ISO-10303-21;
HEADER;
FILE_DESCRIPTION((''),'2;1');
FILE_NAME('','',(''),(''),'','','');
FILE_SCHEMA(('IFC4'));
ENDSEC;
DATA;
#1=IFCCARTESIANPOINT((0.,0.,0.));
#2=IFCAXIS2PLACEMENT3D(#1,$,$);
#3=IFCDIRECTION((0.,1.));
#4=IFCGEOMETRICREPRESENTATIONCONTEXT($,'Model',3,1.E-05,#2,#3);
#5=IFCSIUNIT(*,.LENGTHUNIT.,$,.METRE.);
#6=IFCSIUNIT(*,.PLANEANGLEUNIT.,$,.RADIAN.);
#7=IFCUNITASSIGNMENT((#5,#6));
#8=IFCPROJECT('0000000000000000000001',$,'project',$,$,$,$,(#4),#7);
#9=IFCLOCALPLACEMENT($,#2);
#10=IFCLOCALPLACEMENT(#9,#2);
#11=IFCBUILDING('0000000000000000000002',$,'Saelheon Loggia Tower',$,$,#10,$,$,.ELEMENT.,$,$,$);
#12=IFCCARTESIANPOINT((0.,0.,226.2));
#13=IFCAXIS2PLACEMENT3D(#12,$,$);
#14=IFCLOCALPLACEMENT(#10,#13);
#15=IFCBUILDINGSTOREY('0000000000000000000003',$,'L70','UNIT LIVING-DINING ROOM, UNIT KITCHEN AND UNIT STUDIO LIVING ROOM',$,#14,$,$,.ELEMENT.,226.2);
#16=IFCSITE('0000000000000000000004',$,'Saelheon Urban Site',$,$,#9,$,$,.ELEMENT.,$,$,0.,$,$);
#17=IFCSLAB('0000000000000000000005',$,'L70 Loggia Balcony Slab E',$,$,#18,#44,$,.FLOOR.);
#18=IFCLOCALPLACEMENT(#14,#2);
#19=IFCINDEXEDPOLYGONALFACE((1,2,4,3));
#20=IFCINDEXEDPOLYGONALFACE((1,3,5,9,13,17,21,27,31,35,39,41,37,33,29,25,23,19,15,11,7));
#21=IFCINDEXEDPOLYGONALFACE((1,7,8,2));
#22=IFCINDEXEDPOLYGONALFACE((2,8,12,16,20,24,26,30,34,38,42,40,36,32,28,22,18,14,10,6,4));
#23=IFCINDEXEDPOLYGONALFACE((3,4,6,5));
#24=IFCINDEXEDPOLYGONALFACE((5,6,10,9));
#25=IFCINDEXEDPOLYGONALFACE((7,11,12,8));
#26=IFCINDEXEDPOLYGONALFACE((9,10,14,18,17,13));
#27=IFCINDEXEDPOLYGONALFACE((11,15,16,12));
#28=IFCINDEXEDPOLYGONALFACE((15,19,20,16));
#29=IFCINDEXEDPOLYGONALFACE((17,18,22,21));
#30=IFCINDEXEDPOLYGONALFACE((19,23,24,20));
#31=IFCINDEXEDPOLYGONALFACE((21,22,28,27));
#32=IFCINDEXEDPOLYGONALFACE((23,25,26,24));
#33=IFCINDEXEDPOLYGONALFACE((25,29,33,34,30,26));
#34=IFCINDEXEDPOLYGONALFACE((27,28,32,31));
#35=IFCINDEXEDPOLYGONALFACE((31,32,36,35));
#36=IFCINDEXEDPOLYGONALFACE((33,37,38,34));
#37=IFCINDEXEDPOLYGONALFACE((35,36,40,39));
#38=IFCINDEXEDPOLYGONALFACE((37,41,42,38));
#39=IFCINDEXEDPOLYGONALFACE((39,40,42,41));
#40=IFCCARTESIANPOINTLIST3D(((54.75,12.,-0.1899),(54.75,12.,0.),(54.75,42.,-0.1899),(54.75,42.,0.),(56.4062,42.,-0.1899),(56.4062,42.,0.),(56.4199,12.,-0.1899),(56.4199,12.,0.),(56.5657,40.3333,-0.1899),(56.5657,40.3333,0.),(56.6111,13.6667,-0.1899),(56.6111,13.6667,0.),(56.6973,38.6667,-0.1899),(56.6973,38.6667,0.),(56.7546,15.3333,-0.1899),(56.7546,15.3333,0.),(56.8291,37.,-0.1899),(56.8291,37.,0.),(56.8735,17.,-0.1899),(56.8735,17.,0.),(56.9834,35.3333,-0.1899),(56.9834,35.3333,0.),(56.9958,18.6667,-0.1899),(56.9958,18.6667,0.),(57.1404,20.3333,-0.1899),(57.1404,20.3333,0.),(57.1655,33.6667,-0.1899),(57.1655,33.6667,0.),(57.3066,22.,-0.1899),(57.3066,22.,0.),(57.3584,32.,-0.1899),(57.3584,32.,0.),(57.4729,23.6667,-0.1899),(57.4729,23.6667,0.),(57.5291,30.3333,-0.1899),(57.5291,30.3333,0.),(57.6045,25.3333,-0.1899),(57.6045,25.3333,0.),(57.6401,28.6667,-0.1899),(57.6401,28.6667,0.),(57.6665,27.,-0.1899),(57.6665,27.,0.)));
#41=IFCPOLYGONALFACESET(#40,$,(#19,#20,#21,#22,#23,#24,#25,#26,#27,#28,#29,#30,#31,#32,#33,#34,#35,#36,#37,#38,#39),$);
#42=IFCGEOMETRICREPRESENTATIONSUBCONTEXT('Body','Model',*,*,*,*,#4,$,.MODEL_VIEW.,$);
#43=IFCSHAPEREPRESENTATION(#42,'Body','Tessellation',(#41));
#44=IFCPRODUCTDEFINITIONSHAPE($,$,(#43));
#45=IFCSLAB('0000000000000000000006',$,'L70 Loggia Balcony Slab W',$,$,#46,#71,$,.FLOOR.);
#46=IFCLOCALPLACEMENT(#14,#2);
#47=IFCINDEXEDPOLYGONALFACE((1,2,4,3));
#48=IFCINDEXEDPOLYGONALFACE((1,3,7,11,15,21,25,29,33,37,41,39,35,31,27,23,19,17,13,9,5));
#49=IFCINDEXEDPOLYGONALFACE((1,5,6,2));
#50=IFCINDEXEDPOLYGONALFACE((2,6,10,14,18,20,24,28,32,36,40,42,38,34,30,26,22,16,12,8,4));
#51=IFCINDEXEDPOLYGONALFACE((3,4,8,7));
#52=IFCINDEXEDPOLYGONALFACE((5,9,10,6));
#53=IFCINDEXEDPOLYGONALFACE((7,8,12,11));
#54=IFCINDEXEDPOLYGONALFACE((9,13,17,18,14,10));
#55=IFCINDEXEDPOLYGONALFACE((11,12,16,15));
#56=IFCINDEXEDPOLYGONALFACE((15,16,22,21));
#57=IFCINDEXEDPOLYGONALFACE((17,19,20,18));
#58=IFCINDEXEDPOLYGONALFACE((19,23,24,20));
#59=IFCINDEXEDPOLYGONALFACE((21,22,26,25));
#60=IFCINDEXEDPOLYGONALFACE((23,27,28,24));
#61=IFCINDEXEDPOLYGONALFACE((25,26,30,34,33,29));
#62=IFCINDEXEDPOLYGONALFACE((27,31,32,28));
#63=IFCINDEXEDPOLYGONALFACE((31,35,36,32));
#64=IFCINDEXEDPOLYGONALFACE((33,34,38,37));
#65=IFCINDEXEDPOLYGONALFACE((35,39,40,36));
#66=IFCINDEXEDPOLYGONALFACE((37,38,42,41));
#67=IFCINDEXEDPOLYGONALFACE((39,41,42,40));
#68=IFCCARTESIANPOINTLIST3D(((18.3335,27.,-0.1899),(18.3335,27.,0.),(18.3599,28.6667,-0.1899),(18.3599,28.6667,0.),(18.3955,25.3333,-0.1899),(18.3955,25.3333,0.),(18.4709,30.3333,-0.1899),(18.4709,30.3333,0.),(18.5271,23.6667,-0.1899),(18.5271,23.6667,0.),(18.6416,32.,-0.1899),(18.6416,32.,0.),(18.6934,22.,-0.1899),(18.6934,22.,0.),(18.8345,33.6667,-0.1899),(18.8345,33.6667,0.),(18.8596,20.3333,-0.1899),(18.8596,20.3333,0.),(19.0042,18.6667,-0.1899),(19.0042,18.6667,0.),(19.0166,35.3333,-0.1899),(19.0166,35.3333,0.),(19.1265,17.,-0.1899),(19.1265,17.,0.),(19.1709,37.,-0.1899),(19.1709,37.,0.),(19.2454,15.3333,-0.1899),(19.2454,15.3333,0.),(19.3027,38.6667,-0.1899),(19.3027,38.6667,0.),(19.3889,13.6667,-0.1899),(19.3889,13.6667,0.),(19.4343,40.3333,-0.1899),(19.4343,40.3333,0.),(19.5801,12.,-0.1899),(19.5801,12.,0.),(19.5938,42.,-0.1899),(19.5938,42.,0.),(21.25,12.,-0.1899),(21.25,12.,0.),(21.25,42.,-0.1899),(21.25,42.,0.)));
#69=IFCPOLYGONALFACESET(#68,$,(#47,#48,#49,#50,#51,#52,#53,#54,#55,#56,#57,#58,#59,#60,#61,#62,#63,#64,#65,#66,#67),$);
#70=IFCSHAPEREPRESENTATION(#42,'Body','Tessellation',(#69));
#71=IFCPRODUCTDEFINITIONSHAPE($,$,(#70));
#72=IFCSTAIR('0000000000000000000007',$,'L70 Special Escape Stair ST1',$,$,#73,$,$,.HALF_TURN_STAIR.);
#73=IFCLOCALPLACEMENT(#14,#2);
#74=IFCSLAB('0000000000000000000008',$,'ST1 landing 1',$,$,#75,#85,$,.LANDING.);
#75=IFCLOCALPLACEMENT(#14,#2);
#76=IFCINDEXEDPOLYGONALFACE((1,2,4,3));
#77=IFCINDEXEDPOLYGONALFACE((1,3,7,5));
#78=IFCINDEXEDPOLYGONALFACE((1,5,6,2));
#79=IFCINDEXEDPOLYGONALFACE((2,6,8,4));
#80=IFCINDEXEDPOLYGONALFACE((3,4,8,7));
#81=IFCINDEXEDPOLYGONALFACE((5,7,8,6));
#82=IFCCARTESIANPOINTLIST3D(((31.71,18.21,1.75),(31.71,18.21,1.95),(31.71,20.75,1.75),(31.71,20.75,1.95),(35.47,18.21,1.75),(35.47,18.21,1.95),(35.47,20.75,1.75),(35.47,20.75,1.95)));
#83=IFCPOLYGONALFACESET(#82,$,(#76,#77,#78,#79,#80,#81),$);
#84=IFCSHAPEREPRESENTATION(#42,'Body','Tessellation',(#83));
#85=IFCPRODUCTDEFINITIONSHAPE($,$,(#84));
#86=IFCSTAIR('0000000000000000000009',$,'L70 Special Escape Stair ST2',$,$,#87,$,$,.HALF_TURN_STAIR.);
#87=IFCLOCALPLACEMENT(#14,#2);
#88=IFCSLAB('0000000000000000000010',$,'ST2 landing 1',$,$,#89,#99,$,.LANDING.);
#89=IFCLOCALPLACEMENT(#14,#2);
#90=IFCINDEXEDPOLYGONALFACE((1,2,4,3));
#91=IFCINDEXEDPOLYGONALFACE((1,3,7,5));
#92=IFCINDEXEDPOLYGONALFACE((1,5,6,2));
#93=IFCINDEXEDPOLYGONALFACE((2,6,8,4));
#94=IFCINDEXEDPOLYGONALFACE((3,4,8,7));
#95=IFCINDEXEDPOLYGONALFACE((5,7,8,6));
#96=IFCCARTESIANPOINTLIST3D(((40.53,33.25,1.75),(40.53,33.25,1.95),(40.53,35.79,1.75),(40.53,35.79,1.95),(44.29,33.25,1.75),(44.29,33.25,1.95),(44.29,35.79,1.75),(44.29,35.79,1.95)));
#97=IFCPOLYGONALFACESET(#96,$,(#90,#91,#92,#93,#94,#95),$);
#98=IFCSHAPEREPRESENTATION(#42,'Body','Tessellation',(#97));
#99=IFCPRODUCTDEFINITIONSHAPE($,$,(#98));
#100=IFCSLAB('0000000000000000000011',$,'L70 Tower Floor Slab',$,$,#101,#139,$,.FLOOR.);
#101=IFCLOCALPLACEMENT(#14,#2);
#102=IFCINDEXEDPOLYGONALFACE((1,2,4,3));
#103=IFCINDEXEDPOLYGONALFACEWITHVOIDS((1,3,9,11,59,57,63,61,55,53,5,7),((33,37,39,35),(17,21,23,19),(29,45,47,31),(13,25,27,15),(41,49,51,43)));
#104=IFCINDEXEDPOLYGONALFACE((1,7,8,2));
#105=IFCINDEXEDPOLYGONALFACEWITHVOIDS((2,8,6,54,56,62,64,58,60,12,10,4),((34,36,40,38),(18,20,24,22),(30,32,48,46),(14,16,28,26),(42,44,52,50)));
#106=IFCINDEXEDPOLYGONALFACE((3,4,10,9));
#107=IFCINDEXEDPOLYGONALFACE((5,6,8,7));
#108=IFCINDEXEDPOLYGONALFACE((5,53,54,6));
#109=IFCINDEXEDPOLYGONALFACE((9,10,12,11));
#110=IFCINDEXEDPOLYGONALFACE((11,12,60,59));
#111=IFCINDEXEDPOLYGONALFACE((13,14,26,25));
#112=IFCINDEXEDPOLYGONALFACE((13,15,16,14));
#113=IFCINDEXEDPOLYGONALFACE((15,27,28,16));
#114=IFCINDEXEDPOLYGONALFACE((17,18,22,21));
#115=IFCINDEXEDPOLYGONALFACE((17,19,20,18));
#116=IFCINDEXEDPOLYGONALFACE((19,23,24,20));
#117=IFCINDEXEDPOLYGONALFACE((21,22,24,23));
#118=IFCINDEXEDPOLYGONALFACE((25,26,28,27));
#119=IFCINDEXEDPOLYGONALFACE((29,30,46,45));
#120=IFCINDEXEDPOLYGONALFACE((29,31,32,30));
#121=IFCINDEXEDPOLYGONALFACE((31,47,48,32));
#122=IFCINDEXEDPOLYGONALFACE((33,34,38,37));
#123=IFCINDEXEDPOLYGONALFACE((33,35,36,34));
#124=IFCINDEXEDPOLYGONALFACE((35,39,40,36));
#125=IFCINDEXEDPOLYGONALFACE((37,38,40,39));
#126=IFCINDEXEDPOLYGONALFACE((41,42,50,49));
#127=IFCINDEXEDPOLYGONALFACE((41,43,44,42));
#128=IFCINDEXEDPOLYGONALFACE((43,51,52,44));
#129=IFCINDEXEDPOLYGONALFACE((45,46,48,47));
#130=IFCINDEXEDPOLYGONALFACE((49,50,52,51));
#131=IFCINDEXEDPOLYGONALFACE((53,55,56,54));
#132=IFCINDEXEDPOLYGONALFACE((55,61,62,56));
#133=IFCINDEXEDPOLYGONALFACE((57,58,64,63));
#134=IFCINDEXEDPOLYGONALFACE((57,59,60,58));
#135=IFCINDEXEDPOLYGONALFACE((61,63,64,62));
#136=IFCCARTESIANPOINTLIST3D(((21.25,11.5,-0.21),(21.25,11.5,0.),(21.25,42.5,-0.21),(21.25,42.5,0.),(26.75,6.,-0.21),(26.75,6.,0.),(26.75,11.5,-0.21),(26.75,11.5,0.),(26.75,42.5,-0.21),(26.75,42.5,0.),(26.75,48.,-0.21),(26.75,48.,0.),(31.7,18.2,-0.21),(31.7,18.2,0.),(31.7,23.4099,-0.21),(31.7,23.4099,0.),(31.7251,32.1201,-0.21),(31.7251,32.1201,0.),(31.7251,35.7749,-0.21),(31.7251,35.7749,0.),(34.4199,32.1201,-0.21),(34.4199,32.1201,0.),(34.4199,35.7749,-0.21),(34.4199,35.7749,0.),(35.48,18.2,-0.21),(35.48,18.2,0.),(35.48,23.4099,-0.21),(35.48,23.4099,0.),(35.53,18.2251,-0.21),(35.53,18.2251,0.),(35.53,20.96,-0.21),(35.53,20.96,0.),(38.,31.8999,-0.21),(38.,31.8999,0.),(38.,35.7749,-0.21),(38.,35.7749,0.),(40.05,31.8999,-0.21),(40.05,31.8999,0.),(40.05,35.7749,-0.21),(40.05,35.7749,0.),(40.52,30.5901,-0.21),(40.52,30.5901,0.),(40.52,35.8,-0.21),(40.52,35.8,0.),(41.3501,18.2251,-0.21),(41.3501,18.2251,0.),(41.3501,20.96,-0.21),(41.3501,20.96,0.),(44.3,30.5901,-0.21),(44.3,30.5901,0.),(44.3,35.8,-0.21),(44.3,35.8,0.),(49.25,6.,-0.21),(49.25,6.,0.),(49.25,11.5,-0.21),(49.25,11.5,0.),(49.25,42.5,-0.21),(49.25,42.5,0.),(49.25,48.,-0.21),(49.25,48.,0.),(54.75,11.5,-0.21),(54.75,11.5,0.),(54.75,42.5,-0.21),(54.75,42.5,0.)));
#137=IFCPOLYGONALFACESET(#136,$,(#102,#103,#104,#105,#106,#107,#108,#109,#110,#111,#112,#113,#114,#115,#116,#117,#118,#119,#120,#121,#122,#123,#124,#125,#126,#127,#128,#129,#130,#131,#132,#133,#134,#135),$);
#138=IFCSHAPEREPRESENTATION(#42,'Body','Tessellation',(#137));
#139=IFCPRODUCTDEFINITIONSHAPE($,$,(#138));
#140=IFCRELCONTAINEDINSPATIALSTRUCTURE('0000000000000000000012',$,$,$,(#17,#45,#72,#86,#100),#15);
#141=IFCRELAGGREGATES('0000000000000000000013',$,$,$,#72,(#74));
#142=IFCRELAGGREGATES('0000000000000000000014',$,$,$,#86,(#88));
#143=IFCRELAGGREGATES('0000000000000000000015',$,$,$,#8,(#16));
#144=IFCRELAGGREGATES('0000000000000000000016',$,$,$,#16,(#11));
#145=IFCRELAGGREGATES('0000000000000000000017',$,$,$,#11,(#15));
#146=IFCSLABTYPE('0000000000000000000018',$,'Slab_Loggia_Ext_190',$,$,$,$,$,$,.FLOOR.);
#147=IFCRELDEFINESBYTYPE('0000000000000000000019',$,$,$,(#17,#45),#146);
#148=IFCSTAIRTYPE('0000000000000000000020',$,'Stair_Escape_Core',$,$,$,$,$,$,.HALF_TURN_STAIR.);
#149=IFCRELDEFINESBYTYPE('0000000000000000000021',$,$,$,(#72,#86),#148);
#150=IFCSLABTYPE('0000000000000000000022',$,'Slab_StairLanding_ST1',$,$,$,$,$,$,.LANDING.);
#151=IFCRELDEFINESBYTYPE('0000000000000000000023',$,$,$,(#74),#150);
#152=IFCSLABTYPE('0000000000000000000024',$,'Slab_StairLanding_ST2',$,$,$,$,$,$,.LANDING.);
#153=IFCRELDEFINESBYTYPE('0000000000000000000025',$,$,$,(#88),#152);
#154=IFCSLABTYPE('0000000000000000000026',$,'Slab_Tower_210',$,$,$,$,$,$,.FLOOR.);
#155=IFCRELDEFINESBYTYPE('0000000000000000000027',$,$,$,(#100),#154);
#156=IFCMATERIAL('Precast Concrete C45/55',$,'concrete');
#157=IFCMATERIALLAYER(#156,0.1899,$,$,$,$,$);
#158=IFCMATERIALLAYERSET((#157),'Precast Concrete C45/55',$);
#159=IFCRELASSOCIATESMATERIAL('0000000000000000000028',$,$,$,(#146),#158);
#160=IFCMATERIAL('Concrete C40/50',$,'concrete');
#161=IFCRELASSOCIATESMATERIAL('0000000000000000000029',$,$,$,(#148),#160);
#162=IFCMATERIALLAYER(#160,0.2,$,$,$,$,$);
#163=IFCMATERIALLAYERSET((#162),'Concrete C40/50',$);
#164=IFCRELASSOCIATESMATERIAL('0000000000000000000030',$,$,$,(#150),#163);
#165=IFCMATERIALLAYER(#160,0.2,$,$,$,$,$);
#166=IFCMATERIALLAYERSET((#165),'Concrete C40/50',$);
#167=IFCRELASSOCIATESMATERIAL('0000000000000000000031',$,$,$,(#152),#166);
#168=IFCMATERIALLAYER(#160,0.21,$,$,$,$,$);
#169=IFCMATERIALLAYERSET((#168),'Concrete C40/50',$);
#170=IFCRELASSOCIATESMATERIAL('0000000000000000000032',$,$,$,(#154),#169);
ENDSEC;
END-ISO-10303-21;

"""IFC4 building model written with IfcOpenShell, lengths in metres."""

from ifc_helpers import new_model, si_unit, direction, frame, origin, place, context, subcontext, project, spatial, polyline, outline, extrude, material, layer, layer_set, type_object, element, aggregate, save


model = new_model("IFC4")

# Units and contexts
model_context = context("Model", 3, precision=1e-05, world=origin(), true_north=direction((0.0, 1.0)))
body_context = subcontext(model_context, "Body", "Model", "MODEL_VIEW")
ifc_project = project(units=[si_unit("LENGTHUNIT", "METRE"), si_unit("PLANEANGLEUNIT", "RADIAN")], contexts=[model_context])

# Site, building, storey
site_placement = place(None, origin())
site = spatial("IfcSite", under=ifc_project, at=site_placement, Name="Saelheon Urban Site", CompositionType="ELEMENT", RefElevation=0.0)
building_placement = place(site_placement, origin())
building = spatial("IfcBuilding", under=site, at=building_placement, Name="Saelheon Loggia Tower", CompositionType="ELEMENT")
storey_placement = place(building_placement, frame((0.0, 0.0, 226.2)))
storey = spatial("IfcBuildingStorey", under=building, at=storey_placement, Name="L70", Description="UNIT LIVING-DINING ROOM, UNIT KITCHEN AND UNIT STUDIO LIVING ROOM", CompositionType="ELEMENT", Elevation=226.2)

# Shared definitions
ifc_material_1 = material(Name="Precast Concrete C45/55", Category="concrete")

# Slabs
ifc_layer_1 = layer(ifc_material_1, 0.1899)
ifc_layer_set_1 = layer_set([ifc_layer_1], Name="Precast Concrete C45/55")
slab_type_1 = type_object("IfcSlabType", Name="Slab_Loggia_Ext_190", PredefinedType="FLOOR", material=ifc_layer_set_1)
slab_1_placement = place(storey_placement, frame((0.0, 0.0, -0.1899)))
element("IfcSlab", 1, at=slab_1_placement, inside=storey, type_object=slab_type_1, Name="L70 Loggia Balcony Slab E", PredefinedType="FLOOR", context=body_context, shape_type="SweptSolid", body=[
    extrude(outline(polyline([(54.75, 12.0), (56.4199, 12.0), (56.6111, 13.6667), (56.7546, 15.3333), (56.8735, 17.0), (56.9958, 18.6667), (57.1404, 20.3333), (57.3066, 22.0), (57.4729, 23.6667), (57.6045, 25.3333), (57.6665, 27.0), (57.6401, 28.6667), (57.5291, 30.3333), (57.3584, 32.0), (57.1655, 33.6667), (56.9834, 35.3333), (56.8291, 37.0), (56.6973, 38.6667), (56.5657, 40.3333), (56.4062, 42.0), (54.75, 42.0), (54.75, 12.0)])), origin(), (0.0, 0.0, 1.0), 0.1899),
])
slab_2_placement = place(storey_placement, frame((0.0, 0.0, -0.1899)))
element("IfcSlab", 2, at=slab_2_placement, inside=storey, type_object=slab_type_1, Name="L70 Loggia Balcony Slab W", PredefinedType="FLOOR", context=body_context, shape_type="SweptSolid", body=[
    extrude(outline(polyline([(21.25, 12.0), (21.25, 42.0), (19.5938, 42.0), (19.4343, 40.3333), (19.3027, 38.6667), (19.1709, 37.0), (19.0166, 35.3333), (18.8345, 33.6667), (18.6416, 32.0), (18.4709, 30.3333), (18.3599, 28.6667), (18.3335, 27.0), (18.3955, 25.3333), (18.5271, 23.6667), (18.6934, 22.0), (18.8596, 20.3333), (19.0042, 18.6667), (19.1265, 17.0), (19.2454, 15.3333), (19.3889, 13.6667), (19.5801, 12.0), (21.25, 12.0)])), origin(), (0.0, 0.0, 1.0), 0.1899),
])

# Stairs, slabs
ifc_material_2 = material(Name="Concrete C40/50", Category="concrete")
stair_type = type_object("IfcStairType", Name="Stair_Escape_Core", PredefinedType="HALF_TURN_STAIR", material=ifc_material_2)
stair_1_placement = place(storey_placement, origin())
stair_1 = element("IfcStair", 3, at=stair_1_placement, inside=storey, type_object=stair_type, Name="L70 Special Escape Stair ST1", PredefinedType="HALF_TURN_STAIR")
ifc_layer_2 = layer(ifc_material_2, 0.2)
ifc_layer_set_2 = layer_set([ifc_layer_2], Name="Concrete C40/50")
slab_type_2 = type_object("IfcSlabType", Name="Slab_StairLanding_ST1", PredefinedType="LANDING", material=ifc_layer_set_2)
slab_3_placement = place(storey_placement, frame((0.0, 0.0, 1.75)))
slab_3 = element("IfcSlab", 4, at=slab_3_placement, type_object=slab_type_2, Name="ST1 landing 1", PredefinedType="LANDING", context=body_context, shape_type="SweptSolid", body=[
    extrude(outline(polyline([(31.71, 20.75), (31.71, 18.21), (35.47, 18.21), (35.47, 20.75), (31.71, 20.75)])), origin(), (0.0, 0.0, 1.0), 0.2),
])
aggregate(stair_1, [slab_3])
stair_2_placement = place(storey_placement, origin())
stair_2 = element("IfcStair", 5, at=stair_2_placement, inside=storey, type_object=stair_type, Name="L70 Special Escape Stair ST2", PredefinedType="HALF_TURN_STAIR")
ifc_layer_3 = layer(ifc_material_2, 0.2)
ifc_layer_set_3 = layer_set([ifc_layer_3], Name="Concrete C40/50")
slab_type_3 = type_object("IfcSlabType", Name="Slab_StairLanding_ST2", PredefinedType="LANDING", material=ifc_layer_set_3)
slab_4_placement = place(storey_placement, frame((0.0, 0.0, 1.75)))
slab_4 = element("IfcSlab", 6, at=slab_4_placement, type_object=slab_type_3, Name="ST2 landing 1", PredefinedType="LANDING", context=body_context, shape_type="SweptSolid", body=[
    extrude(outline(polyline([(44.29, 33.25), (44.29, 35.79), (40.53, 35.79), (40.53, 33.25), (44.29, 33.25)])), origin(), (0.0, 0.0, 1.0), 0.2),
])
aggregate(stair_2, [slab_4])

# Slab
ifc_layer_4 = layer(ifc_material_2, 0.21)
ifc_layer_set_4 = layer_set([ifc_layer_4], Name="Concrete C40/50")
slab_type_4 = type_object("IfcSlabType", Name="Slab_Tower_210", PredefinedType="FLOOR", material=ifc_layer_set_4)
slab_5_placement = place(storey_placement, frame((0.0, 0.0, -0.21)))
element("IfcSlab", 7, at=slab_5_placement, inside=storey, type_object=slab_type_4, Name="L70 Tower Floor Slab", PredefinedType="FLOOR", context=body_context, shape_type="SweptSolid", body=[
    extrude(outline(polyline([(26.75, 6.0), (49.25, 6.0), (49.25, 11.5), (54.75, 11.5), (54.75, 42.5), (49.25, 42.5), (49.25, 48.0), (26.75, 48.0), (26.75, 42.5), (21.25, 42.5), (21.25, 11.5), (26.75, 11.5), (26.75, 6.0)]), holes=[polyline([(31.7, 23.4099), (31.7, 18.2), (35.48, 18.2), (35.48, 23.4099), (31.7, 23.4099)]), polyline([(44.3, 30.5901), (44.3, 35.8), (40.52, 35.8), (40.52, 30.5901), (44.3, 30.5901)]), polyline([(35.53, 18.2251), (41.3501, 18.2251), (41.3501, 20.96), (35.53, 20.96), (35.53, 18.2251)]), polyline([(31.7251, 32.1201), (34.4199, 32.1201), (34.4199, 35.7749), (31.7251, 35.7749), (31.7251, 32.1201)]), polyline([(38.0, 31.8999), (40.05, 31.8999), (40.05, 35.7749), (38.0, 35.7749), (38.0, 31.8999)])]), origin(), (0.0, 0.0, 1.0), 0.21),
])

save(model, "model.ifc")
